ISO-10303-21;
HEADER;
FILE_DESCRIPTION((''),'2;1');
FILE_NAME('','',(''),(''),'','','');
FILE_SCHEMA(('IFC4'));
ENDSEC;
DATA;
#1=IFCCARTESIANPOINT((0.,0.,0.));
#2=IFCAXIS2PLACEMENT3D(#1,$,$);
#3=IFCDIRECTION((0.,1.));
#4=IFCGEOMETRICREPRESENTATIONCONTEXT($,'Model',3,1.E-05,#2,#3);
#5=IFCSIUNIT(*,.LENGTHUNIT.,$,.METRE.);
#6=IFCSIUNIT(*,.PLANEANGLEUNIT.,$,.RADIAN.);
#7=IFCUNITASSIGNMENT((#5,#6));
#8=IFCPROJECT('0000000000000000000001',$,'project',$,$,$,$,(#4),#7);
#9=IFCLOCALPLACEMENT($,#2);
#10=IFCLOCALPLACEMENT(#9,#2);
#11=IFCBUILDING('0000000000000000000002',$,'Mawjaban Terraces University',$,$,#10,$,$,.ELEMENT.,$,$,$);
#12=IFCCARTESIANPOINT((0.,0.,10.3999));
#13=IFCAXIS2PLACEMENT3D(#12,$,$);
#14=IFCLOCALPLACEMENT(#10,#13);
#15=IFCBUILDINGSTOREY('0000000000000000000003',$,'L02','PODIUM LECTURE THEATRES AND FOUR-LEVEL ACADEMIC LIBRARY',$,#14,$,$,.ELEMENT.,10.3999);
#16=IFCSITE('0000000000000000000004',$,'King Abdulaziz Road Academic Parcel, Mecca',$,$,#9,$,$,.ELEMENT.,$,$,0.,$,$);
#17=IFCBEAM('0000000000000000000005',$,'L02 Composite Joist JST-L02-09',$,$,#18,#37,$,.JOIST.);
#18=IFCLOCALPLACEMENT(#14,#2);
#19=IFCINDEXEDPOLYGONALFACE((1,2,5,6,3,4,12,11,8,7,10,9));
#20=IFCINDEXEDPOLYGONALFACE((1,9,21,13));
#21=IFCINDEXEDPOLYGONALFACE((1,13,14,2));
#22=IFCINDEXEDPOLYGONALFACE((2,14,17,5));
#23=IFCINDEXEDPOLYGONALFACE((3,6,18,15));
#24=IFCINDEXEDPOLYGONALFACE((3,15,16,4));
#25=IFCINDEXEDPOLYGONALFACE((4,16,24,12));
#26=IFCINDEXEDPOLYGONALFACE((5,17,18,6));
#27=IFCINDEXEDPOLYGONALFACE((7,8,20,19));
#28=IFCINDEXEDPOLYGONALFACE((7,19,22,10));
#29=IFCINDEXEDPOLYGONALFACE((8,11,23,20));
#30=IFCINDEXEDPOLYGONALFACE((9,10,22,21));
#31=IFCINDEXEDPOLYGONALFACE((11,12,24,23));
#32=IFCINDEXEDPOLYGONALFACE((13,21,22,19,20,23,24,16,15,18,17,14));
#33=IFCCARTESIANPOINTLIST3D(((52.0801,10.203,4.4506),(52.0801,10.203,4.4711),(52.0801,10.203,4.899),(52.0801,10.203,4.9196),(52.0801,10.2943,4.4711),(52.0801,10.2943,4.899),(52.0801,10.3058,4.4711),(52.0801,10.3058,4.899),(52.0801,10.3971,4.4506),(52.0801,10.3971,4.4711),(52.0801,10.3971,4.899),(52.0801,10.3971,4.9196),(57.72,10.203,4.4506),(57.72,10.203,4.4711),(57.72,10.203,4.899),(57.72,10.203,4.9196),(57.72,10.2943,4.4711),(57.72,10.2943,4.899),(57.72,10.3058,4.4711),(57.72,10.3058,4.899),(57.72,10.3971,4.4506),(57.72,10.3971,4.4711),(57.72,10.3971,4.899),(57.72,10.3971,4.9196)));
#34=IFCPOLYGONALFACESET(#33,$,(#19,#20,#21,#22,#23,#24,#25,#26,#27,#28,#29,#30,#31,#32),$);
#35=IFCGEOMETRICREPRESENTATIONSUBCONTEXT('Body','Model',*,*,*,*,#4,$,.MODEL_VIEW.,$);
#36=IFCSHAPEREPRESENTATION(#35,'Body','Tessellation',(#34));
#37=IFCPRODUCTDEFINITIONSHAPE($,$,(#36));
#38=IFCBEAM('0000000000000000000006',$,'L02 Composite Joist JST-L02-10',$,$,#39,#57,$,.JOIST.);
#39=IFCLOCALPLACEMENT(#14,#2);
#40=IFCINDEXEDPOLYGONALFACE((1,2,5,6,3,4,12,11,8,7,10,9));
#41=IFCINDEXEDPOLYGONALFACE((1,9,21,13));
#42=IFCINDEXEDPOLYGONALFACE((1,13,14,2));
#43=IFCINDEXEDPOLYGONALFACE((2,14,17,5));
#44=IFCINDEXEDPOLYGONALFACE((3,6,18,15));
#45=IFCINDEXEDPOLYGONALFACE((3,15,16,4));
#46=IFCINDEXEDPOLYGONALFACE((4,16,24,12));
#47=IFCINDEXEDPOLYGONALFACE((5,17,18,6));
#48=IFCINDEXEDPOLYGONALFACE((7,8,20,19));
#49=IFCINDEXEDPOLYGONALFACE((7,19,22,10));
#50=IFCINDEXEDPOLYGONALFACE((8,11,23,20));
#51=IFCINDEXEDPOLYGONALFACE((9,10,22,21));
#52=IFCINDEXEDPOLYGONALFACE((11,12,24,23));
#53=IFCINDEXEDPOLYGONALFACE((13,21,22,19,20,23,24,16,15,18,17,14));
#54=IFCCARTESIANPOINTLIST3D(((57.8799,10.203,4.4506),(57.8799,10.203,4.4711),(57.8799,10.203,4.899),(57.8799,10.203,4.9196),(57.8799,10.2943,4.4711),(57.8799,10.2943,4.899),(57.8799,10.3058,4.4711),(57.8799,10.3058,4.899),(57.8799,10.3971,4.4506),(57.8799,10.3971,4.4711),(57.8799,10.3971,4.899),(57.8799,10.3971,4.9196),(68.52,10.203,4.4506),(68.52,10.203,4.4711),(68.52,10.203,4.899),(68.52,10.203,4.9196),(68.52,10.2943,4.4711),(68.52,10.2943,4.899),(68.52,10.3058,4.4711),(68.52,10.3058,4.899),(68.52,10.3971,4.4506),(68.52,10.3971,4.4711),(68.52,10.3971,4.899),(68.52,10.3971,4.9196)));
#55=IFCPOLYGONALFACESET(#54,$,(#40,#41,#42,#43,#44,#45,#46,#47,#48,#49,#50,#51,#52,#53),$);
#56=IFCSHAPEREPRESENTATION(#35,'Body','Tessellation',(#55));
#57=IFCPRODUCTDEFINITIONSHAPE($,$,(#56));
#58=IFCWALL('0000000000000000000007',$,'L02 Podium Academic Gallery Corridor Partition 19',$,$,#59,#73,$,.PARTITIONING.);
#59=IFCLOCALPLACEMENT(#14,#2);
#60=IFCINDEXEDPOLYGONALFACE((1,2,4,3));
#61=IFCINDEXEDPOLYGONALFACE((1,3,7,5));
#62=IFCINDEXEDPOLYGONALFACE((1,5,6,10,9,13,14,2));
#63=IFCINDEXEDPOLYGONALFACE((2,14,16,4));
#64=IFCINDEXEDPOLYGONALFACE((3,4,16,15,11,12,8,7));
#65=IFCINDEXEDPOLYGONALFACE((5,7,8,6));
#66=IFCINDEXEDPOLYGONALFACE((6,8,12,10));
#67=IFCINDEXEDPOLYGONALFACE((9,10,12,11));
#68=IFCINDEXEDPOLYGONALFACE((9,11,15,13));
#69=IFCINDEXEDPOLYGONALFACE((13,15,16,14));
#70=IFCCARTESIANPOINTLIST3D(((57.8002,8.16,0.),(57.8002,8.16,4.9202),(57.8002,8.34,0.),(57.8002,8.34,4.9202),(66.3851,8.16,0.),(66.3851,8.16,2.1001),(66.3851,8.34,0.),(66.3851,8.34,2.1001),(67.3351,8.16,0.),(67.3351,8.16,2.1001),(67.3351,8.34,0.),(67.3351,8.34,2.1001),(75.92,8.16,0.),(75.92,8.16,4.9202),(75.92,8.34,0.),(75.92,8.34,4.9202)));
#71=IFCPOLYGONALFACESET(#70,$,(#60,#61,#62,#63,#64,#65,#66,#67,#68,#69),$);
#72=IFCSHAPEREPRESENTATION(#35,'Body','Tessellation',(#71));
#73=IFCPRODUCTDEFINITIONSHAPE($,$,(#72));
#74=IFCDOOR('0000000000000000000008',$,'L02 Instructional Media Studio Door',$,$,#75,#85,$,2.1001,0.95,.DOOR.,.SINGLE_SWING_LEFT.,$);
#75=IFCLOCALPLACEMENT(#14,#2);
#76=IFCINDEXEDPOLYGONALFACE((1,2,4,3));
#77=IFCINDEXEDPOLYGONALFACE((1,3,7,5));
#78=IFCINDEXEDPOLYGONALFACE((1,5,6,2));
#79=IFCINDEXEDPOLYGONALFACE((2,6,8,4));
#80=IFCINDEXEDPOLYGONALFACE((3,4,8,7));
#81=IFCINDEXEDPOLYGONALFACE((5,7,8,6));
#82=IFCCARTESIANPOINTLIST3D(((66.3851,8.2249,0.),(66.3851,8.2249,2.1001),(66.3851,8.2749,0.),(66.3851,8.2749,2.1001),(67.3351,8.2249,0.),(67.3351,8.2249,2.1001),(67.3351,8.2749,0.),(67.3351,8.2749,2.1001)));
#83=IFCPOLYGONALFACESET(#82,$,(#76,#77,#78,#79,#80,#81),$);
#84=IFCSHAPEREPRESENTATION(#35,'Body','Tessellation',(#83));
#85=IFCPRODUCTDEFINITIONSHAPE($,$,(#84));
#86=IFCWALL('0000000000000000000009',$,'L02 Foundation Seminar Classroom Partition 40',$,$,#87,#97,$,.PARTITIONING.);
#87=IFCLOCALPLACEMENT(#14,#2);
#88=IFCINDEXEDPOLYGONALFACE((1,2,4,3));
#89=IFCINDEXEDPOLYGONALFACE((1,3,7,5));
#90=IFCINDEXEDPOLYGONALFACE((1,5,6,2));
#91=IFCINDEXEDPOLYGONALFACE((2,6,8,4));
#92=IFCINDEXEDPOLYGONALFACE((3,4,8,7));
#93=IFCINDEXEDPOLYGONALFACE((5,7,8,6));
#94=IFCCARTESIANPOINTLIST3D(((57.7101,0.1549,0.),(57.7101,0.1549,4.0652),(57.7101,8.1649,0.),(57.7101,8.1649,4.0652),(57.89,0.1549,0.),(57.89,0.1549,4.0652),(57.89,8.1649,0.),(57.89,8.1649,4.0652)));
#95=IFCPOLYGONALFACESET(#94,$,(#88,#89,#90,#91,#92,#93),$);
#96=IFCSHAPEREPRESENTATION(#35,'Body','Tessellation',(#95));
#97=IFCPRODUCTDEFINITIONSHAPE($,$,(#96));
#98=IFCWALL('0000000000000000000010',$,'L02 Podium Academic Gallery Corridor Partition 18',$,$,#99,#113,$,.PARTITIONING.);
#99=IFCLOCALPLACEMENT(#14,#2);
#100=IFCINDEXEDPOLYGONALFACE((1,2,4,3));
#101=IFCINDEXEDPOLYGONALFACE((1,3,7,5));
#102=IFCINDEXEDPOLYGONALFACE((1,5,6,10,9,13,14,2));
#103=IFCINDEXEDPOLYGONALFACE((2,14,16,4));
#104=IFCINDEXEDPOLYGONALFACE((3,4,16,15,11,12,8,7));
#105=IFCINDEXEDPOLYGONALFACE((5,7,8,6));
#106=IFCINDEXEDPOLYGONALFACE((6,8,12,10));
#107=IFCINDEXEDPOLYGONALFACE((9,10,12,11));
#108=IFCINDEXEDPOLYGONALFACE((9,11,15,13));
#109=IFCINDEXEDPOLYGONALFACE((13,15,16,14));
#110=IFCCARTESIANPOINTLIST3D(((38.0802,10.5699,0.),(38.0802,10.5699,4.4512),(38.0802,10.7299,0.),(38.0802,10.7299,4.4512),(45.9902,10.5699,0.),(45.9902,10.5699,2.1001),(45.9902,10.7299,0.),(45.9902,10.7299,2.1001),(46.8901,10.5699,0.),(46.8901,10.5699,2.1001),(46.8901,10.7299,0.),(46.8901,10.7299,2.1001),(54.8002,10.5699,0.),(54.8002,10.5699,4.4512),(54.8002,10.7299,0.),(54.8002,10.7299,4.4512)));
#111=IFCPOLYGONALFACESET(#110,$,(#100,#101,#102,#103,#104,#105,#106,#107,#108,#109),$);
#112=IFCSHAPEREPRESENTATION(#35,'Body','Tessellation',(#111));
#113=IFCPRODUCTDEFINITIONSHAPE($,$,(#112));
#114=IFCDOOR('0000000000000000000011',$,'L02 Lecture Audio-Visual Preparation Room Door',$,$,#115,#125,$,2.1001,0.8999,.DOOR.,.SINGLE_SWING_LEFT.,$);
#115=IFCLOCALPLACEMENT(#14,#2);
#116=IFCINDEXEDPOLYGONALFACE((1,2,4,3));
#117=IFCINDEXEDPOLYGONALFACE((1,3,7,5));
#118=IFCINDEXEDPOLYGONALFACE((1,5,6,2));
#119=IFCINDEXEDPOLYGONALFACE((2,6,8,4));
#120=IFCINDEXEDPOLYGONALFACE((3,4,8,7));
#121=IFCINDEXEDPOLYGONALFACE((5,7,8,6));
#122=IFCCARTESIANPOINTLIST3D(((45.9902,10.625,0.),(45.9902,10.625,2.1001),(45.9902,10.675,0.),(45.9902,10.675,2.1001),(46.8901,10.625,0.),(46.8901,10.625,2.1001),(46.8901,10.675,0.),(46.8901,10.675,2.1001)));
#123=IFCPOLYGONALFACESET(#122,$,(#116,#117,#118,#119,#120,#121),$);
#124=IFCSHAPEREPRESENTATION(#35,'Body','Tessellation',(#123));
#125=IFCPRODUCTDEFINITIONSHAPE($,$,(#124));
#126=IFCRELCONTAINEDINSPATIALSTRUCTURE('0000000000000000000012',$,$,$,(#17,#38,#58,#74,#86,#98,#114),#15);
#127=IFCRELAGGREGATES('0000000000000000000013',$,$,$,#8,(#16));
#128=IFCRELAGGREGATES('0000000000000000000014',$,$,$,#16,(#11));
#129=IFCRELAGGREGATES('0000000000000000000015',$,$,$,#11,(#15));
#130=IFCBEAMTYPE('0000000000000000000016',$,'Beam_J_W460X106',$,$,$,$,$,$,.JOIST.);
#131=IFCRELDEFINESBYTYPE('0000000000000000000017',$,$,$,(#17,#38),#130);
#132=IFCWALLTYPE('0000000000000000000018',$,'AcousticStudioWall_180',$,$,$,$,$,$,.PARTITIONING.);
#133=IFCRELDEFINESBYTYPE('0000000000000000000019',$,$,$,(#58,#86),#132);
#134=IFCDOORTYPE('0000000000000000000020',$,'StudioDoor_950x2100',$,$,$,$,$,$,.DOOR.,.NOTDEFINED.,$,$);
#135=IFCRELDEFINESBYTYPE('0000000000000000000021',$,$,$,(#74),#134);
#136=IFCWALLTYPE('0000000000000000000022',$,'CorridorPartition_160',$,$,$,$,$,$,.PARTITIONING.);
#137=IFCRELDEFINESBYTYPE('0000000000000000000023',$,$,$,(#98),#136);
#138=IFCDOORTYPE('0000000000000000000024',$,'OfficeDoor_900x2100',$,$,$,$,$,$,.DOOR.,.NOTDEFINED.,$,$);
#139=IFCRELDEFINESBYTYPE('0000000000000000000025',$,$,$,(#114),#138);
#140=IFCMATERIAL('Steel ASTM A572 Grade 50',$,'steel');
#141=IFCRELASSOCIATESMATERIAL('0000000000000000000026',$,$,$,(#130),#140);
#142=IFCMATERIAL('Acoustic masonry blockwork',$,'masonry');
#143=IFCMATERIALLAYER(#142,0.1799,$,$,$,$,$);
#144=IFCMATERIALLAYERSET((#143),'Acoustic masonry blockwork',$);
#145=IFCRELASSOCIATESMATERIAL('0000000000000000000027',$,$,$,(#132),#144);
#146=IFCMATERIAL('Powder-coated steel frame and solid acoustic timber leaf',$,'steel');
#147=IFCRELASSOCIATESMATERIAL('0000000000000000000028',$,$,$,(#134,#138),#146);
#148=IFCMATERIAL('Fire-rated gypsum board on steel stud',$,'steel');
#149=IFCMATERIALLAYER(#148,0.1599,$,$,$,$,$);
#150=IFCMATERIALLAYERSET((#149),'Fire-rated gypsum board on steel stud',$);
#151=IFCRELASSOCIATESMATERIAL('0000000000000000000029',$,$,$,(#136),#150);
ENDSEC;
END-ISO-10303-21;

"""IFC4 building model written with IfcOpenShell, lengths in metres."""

from ifc_helpers import new_model, si_unit, direction, frame, frame_2d, origin, origin_2d, place, context, subcontext, project, spatial, rectangle, i_section, extrude, material, layer, layer_set, material_profile, profile_set, type_object, element, fill, save


model = new_model("IFC4")

# Units and contexts
model_context = context("Model", 3, precision=1e-05, world=origin(), true_north=direction((0.0, 1.0)))
body_context = subcontext(model_context, "Body", "Model", "MODEL_VIEW")
ifc_project = project(units=[si_unit("LENGTHUNIT", "METRE"), si_unit("PLANEANGLEUNIT", "RADIAN")], contexts=[model_context])

# Site, building, storey
site_placement = place(None, origin())
site = spatial("IfcSite", under=ifc_project, at=site_placement, Name="King Abdulaziz Road Academic Parcel, Mecca", CompositionType="ELEMENT", RefElevation=0.0)
building_placement = place(site_placement, origin())
building = spatial("IfcBuilding", under=site, at=building_placement, Name="Mawjaban Terraces University", CompositionType="ELEMENT")
storey_placement = place(building_placement, frame((0.0, 0.0, 10.3999)))
storey = spatial("IfcBuildingStorey", under=building, at=storey_placement, Name="L02", Description="PODIUM LECTURE THEATRES AND FOUR-LEVEL ACADEMIC LIBRARY", CompositionType="ELEMENT", Elevation=10.3999)

# Beams
ifc_material_1 = material(Name="Steel ASTM A572 Grade 50", Category="steel")
ifc_material_profile_1 = material_profile(ifc_material_1, i_section(OverallWidth=0.1941, OverallDepth=0.469, WebThickness=0.0115, FlangeThickness=0.0205, at=origin_2d()), Name="W460X106")
ifc_profile_set_1 = profile_set([ifc_material_profile_1], Name="Steel ASTM A572 Grade 50")
beam_type_1 = type_object("IfcBeamType", Name="Beam_J_W460X106", PredefinedType="JOIST", material=ifc_profile_set_1)
beam_1_placement = place(storey_placement, frame((52.0801, 10.3, 4.6851), z_axis=(1.0, 0.0, 0.0), x_axis=(0.0, 1.0, 0.0)))
element("IfcBeam", 1, at=beam_1_placement, inside=storey, type_object=beam_type_1, Name="L02 Composite Joist JST-L02-09", PredefinedType="JOIST", context=body_context, shape_type="SweptSolid", body=[
    extrude(i_section(OverallWidth=0.1941, OverallDepth=0.469, WebThickness=0.0115, FlangeThickness=0.0205, at=origin_2d()), origin(), (0.0, 0.0, 1.0), 5.6399),
])
beam_2_placement = place(storey_placement, frame((57.8799, 10.3, 4.6851), z_axis=(1.0, 0.0, 0.0), x_axis=(0.0, 1.0, 0.0)))
element("IfcBeam", 2, at=beam_2_placement, inside=storey, type_object=beam_type_1, Name="L02 Composite Joist JST-L02-10", PredefinedType="JOIST", context=body_context, shape_type="SweptSolid", body=[
    extrude(i_section(OverallWidth=0.1941, OverallDepth=0.469, WebThickness=0.0115, FlangeThickness=0.0205, at=origin_2d()), origin(), (0.0, 0.0, 1.0), 10.6401),
])

# Wall, opening, door
ifc_material_2 = material(Name="Acoustic masonry blockwork", Category="masonry")
ifc_layer_1 = layer(ifc_material_2, 0.1799)
ifc_layer_set_1 = layer_set([ifc_layer_1], Name="Acoustic masonry blockwork")
wall_type_1 = type_object("IfcWallType", Name="AcousticStudioWall_180", PredefinedType="PARTITIONING", material=ifc_layer_set_1)
wall_1_placement = place(storey_placement, frame((57.8, 8.25, 0.0), z_axis=(0.0, 0.0, 1.0), x_axis=(1.0, 0.0, 0.0)))
wall_1 = element("IfcWall", 3, at=wall_1_placement, inside=storey, type_object=wall_type_1, Name="L02 Podium Academic Gallery Corridor Partition 19", PredefinedType="PARTITIONING", context=body_context, shape_type="SweptSolid", body=[
    extrude(rectangle(XDim=18.1199, YDim=0.1799, at=frame_2d((9.0601, 0.0))), origin(), (0.0, 0.0, 1.0), 4.9202),
])
opening_1_placement = place(wall_1_placement, frame((8.585, 0.0, 0.0)))
opening_1 = element("IfcOpeningElement", 4, at=opening_1_placement, cuts=wall_1, PredefinedType="OPENING", context=body_context, shape_type="SweptSolid", body=[
    extrude(rectangle(XDim=0.95, YDim=2.1001, at=frame_2d((0.4751, 1.05))), frame((0.0, 0.0999, 0.0), z_axis=(0.0, -1.0, 0.0), x_axis=(1.0, 0.0, 0.0)), (0.0, 0.0, 1.0), 0.2),
])
ifc_material_3 = material(Name="Powder-coated steel frame and solid acoustic timber leaf", Category="steel")
door_type_1 = type_object("IfcDoorType", Name="StudioDoor_950x2100", OperationType="NOTDEFINED", PredefinedType="DOOR", material=ifc_material_3)
door_1_placement = place(opening_1_placement, origin())
door_1 = element("IfcDoor", 5, at=door_1_placement, inside=storey, type_object=door_type_1, Name="L02 Instructional Media Studio Door", OperationType="SINGLE_SWING_LEFT", OverallHeight=2.1001, OverallWidth=0.95, PredefinedType="DOOR", context=body_context, shape_type="SweptSolid", body=[
    extrude(rectangle(XDim=0.95, YDim=2.1001, at=frame_2d((0.4751, 1.05))), frame((0.0, 0.0249, 0.0), z_axis=(0.0, -1.0, 0.0), x_axis=(1.0, 0.0, 0.0)), (0.0, 0.0, 1.0), 0.05),
])
fill(opening_1, door_1)

# Wall
wall_2_placement = place(storey_placement, frame((57.8, 0.155, 0.0), z_axis=(0.0, 0.0, 1.0), x_axis=(0.0, 1.0, 0.0)))
element("IfcWall", 6, at=wall_2_placement, inside=storey, type_object=wall_type_1, Name="L02 Foundation Seminar Classroom Partition 40", PredefinedType="PARTITIONING", context=body_context, shape_type="SweptSolid", body=[
    extrude(rectangle(XDim=8.01, YDim=0.1799, at=frame_2d((4.0049, 0.0))), origin(), (0.0, 0.0, 1.0), 4.0652),
])

# Wall, opening, door
ifc_material_4 = material(Name="Fire-rated gypsum board on steel stud", Category="steel")
ifc_layer_2 = layer(ifc_material_4, 0.1599)
ifc_layer_set_2 = layer_set([ifc_layer_2], Name="Fire-rated gypsum board on steel stud")
wall_type_2 = type_object("IfcWallType", Name="CorridorPartition_160", PredefinedType="PARTITIONING", material=ifc_layer_set_2)
wall_3_placement = place(storey_placement, frame((54.8, 10.6499, 0.0), z_axis=(0.0, 0.0, 1.0), x_axis=(-1.0, 0.0, 0.0)))
wall_3 = element("IfcWall", 7, at=wall_3_placement, inside=storey, type_object=wall_type_2, Name="L02 Podium Academic Gallery Corridor Partition 18", PredefinedType="PARTITIONING", context=body_context, shape_type="SweptSolid", body=[
    extrude(rectangle(XDim=16.72, YDim=0.1599, at=frame_2d((8.3599, 0.0))), origin(), (0.0, 0.0, 1.0), 4.4512),
])
opening_2_placement = place(wall_3_placement, frame((7.9099, 0.0, 0.0)))
opening_2 = element("IfcOpeningElement", 8, at=opening_2_placement, cuts=wall_3, PredefinedType="OPENING", context=body_context, shape_type="SweptSolid", body=[
    extrude(rectangle(XDim=0.8999, YDim=2.1001, at=frame_2d((0.45, 1.05))), frame((0.0, 0.0898, 0.0), z_axis=(0.0, -1.0, 0.0), x_axis=(1.0, 0.0, 0.0)), (0.0, 0.0, 1.0), 0.1799),
])
door_type_2 = type_object("IfcDoorType", Name="OfficeDoor_900x2100", OperationType="NOTDEFINED", PredefinedType="DOOR", material=ifc_material_3)
door_2_placement = place(opening_2_placement, origin())
door_2 = element("IfcDoor", 9, at=door_2_placement, inside=storey, type_object=door_type_2, Name="L02 Lecture Audio-Visual Preparation Room Door", OperationType="SINGLE_SWING_LEFT", OverallHeight=2.1001, OverallWidth=0.8999, PredefinedType="DOOR", context=body_context, shape_type="SweptSolid", body=[
    extrude(rectangle(XDim=0.8999, YDim=2.1001, at=frame_2d((0.45, 1.05))), frame((0.0, 0.0249, 0.0), z_axis=(0.0, -1.0, 0.0), x_axis=(1.0, 0.0, 0.0)), (0.0, 0.0, 1.0), 0.05),
])
fill(opening_2, door_2)

save(model, "model.ifc")
